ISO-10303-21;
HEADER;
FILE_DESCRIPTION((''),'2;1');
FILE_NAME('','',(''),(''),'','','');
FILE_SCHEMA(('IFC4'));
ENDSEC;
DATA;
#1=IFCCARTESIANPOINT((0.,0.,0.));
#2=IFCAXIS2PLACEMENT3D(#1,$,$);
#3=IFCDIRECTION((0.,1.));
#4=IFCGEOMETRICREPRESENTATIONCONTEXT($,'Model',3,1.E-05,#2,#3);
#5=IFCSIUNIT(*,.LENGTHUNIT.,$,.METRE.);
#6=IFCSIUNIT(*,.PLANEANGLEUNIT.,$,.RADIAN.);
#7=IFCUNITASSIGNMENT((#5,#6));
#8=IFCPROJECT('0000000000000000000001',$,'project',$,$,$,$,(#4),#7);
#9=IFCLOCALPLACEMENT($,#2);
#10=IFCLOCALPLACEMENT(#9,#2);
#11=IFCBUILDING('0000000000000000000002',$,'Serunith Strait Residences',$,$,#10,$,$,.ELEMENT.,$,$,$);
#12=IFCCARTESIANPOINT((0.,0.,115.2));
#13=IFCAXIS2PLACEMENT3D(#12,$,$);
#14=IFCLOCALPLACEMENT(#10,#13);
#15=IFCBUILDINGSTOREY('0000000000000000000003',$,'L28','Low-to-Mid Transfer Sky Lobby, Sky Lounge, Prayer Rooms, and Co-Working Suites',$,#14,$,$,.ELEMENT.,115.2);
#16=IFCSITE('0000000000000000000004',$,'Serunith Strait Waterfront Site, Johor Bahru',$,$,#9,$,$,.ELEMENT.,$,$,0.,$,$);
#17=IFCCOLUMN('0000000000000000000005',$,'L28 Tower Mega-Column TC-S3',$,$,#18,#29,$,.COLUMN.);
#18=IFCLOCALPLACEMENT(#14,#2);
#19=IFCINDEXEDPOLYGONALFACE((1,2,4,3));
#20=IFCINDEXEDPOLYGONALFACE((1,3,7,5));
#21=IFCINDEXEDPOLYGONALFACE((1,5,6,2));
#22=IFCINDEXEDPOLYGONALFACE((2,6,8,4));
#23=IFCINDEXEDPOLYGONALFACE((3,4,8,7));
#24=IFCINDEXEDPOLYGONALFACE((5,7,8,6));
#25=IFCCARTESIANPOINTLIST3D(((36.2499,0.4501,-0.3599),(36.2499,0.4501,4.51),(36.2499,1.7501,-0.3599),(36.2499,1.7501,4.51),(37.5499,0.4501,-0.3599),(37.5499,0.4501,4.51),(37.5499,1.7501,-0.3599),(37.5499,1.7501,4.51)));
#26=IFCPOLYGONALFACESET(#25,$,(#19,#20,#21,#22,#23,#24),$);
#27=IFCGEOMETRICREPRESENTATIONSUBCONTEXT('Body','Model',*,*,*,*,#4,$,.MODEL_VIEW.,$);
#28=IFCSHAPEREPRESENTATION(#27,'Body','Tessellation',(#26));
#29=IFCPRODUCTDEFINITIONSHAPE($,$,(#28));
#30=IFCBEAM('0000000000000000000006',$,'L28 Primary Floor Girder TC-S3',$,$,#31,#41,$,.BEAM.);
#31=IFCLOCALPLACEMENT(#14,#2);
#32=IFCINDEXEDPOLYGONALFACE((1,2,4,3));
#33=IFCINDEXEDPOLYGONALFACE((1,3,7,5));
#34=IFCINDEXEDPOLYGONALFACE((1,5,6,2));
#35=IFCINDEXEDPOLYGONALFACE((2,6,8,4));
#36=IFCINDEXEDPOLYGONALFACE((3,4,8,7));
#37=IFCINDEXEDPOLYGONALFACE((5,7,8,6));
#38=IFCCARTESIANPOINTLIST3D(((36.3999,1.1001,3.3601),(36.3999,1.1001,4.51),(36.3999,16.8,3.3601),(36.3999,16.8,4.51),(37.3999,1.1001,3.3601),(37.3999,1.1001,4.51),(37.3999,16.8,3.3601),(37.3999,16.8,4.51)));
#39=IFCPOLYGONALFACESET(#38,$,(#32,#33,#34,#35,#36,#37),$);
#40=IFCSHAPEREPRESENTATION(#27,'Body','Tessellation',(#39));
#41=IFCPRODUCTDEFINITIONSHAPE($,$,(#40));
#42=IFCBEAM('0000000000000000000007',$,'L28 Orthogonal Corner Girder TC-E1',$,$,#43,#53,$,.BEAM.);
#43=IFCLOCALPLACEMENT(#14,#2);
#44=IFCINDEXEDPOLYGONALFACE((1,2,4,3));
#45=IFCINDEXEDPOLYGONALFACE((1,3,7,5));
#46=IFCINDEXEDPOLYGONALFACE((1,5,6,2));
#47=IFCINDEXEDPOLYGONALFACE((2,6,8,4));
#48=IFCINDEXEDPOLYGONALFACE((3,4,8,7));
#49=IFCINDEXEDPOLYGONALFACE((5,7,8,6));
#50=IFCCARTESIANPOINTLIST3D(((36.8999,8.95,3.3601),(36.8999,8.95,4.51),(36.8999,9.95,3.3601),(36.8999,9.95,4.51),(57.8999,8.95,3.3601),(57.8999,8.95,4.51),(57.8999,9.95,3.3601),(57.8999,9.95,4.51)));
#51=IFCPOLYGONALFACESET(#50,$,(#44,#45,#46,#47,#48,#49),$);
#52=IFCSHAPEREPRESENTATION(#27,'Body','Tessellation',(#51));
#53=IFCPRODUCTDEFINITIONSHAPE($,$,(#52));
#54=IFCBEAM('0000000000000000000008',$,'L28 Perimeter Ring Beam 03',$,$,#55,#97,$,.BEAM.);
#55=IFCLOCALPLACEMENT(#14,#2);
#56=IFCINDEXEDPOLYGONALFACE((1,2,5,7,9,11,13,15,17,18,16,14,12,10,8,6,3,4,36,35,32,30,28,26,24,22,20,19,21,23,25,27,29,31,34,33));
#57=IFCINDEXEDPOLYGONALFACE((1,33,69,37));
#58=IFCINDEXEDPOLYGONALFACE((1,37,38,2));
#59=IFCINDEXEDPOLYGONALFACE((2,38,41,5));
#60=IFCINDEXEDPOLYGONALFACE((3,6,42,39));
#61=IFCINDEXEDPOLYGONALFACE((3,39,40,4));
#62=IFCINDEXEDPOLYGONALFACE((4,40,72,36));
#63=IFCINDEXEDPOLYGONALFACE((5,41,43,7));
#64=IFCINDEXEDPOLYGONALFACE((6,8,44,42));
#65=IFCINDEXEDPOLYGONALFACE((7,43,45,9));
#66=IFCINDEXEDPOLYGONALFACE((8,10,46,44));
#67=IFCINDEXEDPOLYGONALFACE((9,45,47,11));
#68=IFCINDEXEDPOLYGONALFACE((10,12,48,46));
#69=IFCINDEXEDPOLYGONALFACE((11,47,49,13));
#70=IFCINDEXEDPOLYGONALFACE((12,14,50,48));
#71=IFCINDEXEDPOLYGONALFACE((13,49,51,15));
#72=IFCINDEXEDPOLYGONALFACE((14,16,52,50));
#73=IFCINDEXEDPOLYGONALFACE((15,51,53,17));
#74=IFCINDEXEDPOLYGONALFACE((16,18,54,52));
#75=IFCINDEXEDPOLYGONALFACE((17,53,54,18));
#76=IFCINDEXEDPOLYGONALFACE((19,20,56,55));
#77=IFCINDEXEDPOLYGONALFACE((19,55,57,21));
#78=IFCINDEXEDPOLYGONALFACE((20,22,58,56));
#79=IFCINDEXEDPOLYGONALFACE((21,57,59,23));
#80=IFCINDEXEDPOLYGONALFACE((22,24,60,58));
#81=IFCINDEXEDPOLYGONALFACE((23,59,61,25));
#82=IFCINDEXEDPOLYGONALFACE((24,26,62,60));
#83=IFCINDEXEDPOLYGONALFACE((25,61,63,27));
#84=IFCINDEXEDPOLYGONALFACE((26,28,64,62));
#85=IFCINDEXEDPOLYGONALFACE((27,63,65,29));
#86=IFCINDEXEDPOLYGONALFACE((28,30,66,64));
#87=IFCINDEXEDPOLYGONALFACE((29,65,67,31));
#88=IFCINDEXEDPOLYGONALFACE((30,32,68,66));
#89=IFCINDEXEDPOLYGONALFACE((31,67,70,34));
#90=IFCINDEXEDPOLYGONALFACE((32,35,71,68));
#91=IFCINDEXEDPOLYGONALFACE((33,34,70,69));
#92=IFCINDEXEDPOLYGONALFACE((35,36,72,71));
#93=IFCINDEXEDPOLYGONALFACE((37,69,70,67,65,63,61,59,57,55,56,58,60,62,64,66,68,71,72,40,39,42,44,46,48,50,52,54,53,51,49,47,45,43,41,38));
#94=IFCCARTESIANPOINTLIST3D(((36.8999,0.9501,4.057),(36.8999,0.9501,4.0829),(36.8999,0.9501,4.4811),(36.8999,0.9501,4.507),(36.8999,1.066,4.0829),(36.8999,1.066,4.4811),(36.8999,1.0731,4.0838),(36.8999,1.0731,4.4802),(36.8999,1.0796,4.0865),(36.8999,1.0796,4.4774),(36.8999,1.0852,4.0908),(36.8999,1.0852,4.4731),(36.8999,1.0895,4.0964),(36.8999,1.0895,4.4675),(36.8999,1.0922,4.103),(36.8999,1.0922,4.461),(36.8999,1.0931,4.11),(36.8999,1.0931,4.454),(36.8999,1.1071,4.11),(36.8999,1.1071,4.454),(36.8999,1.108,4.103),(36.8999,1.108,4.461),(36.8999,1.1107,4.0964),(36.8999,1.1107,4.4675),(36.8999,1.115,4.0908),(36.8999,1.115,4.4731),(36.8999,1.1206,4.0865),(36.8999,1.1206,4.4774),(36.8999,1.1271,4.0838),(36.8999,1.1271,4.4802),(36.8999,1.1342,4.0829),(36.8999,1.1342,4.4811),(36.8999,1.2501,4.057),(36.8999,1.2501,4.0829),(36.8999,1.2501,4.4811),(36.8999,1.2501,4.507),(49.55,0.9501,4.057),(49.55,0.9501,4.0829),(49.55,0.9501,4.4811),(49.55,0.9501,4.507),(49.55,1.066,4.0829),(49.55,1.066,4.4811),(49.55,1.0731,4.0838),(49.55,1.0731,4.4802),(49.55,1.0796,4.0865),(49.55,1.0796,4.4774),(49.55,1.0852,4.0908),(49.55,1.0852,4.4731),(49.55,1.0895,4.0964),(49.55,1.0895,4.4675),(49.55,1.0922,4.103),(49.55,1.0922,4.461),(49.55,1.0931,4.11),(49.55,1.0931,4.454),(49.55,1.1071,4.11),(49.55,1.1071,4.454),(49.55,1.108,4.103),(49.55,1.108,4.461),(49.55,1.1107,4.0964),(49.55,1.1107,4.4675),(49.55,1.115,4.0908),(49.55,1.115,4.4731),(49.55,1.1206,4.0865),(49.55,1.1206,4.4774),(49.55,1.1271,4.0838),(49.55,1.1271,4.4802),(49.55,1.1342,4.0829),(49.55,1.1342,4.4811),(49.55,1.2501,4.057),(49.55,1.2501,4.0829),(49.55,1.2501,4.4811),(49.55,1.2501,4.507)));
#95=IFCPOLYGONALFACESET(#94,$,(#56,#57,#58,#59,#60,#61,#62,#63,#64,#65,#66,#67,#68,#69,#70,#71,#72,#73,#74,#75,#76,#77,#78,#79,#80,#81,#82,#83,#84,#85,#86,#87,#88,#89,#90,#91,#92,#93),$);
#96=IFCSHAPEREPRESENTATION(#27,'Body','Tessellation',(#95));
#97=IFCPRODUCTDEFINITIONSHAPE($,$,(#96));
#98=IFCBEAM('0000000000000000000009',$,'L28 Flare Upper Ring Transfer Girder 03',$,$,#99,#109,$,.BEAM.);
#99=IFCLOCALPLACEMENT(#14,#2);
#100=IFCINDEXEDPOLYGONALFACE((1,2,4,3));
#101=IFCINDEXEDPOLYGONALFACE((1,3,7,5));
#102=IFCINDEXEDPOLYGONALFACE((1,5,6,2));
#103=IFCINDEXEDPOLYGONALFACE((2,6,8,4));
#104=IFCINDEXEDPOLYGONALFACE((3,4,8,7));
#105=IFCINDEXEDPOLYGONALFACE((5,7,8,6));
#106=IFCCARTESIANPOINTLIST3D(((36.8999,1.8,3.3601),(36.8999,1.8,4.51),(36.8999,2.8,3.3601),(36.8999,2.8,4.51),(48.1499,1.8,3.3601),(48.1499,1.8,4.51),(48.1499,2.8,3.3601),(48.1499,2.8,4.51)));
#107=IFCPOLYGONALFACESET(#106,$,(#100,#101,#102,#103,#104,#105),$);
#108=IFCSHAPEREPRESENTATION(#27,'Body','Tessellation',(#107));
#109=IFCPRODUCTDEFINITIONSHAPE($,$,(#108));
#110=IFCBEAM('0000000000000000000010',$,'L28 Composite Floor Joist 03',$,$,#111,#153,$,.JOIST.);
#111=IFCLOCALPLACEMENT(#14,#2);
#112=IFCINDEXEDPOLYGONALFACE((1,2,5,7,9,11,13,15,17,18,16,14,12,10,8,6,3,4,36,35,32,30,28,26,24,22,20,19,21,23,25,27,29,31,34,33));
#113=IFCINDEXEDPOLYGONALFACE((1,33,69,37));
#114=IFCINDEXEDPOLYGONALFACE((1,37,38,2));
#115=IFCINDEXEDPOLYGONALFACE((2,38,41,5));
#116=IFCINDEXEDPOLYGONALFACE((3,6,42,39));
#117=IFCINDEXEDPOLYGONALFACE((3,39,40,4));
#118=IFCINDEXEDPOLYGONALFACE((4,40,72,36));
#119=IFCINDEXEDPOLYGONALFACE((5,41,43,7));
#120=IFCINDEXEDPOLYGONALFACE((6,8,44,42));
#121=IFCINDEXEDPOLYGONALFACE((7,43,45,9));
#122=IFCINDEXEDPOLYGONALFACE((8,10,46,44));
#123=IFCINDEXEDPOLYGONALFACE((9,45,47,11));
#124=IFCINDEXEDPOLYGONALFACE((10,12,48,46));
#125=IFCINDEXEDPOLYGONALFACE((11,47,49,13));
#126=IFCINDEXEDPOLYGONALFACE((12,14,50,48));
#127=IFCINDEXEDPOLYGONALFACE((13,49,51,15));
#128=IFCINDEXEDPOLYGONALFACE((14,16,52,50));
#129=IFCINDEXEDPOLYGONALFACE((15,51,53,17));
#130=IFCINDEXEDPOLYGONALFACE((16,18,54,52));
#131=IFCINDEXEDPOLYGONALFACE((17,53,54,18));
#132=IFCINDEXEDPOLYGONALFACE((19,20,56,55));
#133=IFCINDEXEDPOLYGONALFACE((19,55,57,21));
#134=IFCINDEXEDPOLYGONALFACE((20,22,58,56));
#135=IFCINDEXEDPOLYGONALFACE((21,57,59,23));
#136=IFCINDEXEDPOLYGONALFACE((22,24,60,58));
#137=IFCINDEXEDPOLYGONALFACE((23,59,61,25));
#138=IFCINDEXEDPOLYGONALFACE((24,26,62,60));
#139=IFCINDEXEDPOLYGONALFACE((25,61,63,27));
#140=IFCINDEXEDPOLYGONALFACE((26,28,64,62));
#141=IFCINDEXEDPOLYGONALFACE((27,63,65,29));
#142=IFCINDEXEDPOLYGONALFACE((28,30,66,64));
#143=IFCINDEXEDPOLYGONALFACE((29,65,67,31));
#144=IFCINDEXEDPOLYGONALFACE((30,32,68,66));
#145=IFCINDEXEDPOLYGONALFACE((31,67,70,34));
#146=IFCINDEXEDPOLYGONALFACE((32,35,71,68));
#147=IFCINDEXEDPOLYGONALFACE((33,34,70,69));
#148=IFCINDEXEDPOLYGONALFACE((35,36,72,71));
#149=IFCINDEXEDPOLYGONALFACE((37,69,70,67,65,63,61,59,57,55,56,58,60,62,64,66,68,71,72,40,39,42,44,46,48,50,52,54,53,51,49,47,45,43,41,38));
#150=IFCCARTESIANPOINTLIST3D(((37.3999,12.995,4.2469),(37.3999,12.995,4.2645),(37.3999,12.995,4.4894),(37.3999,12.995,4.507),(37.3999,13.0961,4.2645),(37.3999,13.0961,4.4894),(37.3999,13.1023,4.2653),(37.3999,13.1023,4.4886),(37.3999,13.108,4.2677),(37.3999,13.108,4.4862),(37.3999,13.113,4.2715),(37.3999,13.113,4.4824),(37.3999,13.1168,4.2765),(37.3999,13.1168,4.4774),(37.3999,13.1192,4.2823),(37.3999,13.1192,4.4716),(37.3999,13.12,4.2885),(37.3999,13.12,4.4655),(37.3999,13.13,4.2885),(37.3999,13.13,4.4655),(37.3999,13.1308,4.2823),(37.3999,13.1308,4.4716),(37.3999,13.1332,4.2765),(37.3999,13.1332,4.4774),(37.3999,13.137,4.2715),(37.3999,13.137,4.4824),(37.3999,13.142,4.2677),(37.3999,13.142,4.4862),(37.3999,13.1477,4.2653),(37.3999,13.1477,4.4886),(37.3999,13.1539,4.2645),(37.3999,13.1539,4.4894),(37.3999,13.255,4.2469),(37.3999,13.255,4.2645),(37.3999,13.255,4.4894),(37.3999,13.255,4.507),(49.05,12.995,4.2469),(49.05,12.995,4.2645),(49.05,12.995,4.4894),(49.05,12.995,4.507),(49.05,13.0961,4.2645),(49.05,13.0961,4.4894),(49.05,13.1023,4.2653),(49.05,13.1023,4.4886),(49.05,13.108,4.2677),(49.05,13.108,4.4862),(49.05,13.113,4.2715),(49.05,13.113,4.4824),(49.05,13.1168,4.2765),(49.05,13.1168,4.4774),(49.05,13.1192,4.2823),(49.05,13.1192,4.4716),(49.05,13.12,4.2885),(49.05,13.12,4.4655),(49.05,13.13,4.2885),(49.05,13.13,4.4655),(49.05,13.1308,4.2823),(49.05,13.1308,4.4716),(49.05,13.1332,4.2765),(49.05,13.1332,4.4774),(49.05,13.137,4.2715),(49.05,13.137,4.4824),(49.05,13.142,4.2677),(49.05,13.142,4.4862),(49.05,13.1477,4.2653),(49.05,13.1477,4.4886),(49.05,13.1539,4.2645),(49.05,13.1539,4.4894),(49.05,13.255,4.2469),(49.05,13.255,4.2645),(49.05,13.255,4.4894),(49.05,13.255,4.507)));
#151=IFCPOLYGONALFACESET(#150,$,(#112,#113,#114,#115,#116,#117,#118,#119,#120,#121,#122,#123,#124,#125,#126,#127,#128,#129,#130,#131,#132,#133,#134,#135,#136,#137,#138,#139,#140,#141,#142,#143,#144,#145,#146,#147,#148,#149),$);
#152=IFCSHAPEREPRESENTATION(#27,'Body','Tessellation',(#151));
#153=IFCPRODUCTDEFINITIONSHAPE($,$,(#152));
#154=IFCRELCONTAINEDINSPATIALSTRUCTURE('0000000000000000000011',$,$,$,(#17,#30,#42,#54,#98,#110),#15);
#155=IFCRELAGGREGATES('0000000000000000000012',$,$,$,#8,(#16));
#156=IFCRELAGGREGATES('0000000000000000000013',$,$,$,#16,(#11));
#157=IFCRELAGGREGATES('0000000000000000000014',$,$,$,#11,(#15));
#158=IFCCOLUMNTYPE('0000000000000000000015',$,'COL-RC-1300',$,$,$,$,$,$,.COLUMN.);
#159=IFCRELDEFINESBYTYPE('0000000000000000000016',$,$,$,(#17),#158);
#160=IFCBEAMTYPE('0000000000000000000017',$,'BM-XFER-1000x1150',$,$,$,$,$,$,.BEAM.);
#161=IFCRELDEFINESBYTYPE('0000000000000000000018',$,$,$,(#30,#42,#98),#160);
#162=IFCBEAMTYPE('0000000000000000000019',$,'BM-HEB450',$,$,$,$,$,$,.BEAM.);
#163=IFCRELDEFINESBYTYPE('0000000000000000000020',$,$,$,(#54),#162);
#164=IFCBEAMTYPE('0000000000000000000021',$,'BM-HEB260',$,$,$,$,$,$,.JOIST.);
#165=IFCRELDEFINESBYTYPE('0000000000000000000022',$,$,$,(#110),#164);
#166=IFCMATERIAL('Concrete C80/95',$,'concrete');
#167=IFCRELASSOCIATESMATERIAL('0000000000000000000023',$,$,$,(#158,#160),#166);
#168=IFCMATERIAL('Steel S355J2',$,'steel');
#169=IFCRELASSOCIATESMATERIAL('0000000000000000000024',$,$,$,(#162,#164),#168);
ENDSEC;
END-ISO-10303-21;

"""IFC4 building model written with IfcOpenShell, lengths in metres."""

from ifc_helpers import new_model, si_unit, direction, frame, origin, origin_2d, place, context, subcontext, project, spatial, rectangle, i_section, extrude, source, transform, mapped, material, material_profile, profile_set, type_object, element, save


model = new_model("IFC4")

# Units and contexts
model_context = context("Model", 3, precision=1e-05, world=origin(), true_north=direction((0.0, 1.0)))
body_context = subcontext(model_context, "Body", "Model", "MODEL_VIEW")
ifc_project = project(units=[si_unit("LENGTHUNIT", "METRE"), si_unit("PLANEANGLEUNIT", "RADIAN")], contexts=[model_context])

# Site, building, storey
site_placement = place(None, origin())
site = spatial("IfcSite", under=ifc_project, at=site_placement, Name="Serunith Strait Waterfront Site, Johor Bahru", CompositionType="ELEMENT", RefElevation=0.0)
building_placement = place(site_placement, origin())
building = spatial("IfcBuilding", under=site, at=building_placement, Name="Serunith Strait Residences", CompositionType="ELEMENT")
storey_placement = place(building_placement, frame((0.0, 0.0, 115.2)))
storey = spatial("IfcBuildingStorey", under=building, at=storey_placement, Name="L28", Description="Low-to-Mid Transfer Sky Lobby, Sky Lounge, Prayer Rooms, and Co-Working Suites", CompositionType="ELEMENT", Elevation=115.2)

# Column
ifc_material_1 = material(Name="Concrete C80/95", Category="concrete")
ifc_material_profile_1 = material_profile(ifc_material_1, rectangle(XDim=1.3, YDim=1.3, at=origin_2d()), Name="RC 1300x1300")
ifc_profile_set_1 = profile_set([ifc_material_profile_1], Name="Concrete C80/95")
column_type = type_object("IfcColumnType", Name="COL-RC-1300", PredefinedType="COLUMN", material=ifc_profile_set_1)
shared_shape_1 = source(origin(), body_context, "Body", "SweptSolid", [
    extrude(rectangle(XDim=1.3, YDim=1.3, at=origin_2d()), origin(), (0.0, 0.0, 1.0), 4.8699),
])
column_placement = place(storey_placement, frame((36.8999, 1.1001, -0.3599), z_axis=(0.0, 0.0, 1.0), x_axis=(1.0, 0.0, 0.0)))
element("IfcColumn", 1, at=column_placement, inside=storey, type_object=column_type, Name="L28 Tower Mega-Column TC-S3", PredefinedType="COLUMN", context=body_context, shape_type="MappedRepresentation", body=[
    mapped(shared_shape_1, transform((0.0, 0.0, 0.0), scale=1.0)),
])

# Beams
ifc_material_profile_2 = material_profile(ifc_material_1, rectangle(XDim=1.0, YDim=1.1499, at=origin_2d()), Name="RC 1000x1150")
ifc_profile_set_2 = profile_set([ifc_material_profile_2], Name="Concrete C80/95")
beam_type_1 = type_object("IfcBeamType", Name="BM-XFER-1000x1150", PredefinedType="BEAM", material=ifc_profile_set_2)
shared_shape_2 = source(origin(), body_context, "Body", "SweptSolid", [
    extrude(rectangle(XDim=1.0, YDim=1.1499, at=origin_2d()), origin(), (0.0, 0.0, 1.0), 15.7),
])
beam_1_placement = place(storey_placement, frame((36.8999, 16.8, 3.9351), z_axis=(0.0, -1.0, 0.0), x_axis=(1.0, 0.0, 0.0)))
element("IfcBeam", 2, at=beam_1_placement, inside=storey, type_object=beam_type_1, Name="L28 Primary Floor Girder TC-S3", PredefinedType="BEAM", context=body_context, shape_type="MappedRepresentation", body=[
    mapped(shared_shape_2, transform((0.0, 0.0, 0.0), scale=1.0)),
])
shared_shape_3 = source(origin(), body_context, "Body", "SweptSolid", [
    extrude(rectangle(XDim=1.0, YDim=1.1499, at=origin_2d()), origin(), (0.0, 0.0, 1.0), 21.0),
])
beam_2_placement = place(storey_placement, frame((36.8999, 9.45, 3.9351), z_axis=(1.0, 0.0, 0.0), x_axis=(0.0, 1.0, 0.0)))
element("IfcBeam", 3, at=beam_2_placement, inside=storey, type_object=beam_type_1, Name="L28 Orthogonal Corner Girder TC-E1", PredefinedType="BEAM", context=body_context, shape_type="MappedRepresentation", body=[
    mapped(shared_shape_3, transform((0.0, 0.0, 0.0), scale=1.0)),
])
ifc_material_2 = material(Name="Steel S355J2", Category="steel")
ifc_material_profile_3 = material_profile(ifc_material_2, i_section(OverallWidth=0.3, OverallDepth=0.45, WebThickness=0.0139, FlangeThickness=0.0259, FilletRadius=0.0271, at=origin_2d()), Name="HEB 450")
ifc_profile_set_3 = profile_set([ifc_material_profile_3], Name="Steel S355J2")
beam_type_2 = type_object("IfcBeamType", Name="BM-HEB450", PredefinedType="BEAM", material=ifc_profile_set_3)
shared_shape_4 = source(origin(), body_context, "Body", "SweptSolid", [
    extrude(i_section(OverallWidth=0.3, OverallDepth=0.45, WebThickness=0.0139, FlangeThickness=0.0259, FilletRadius=0.0271, at=origin_2d()), origin(), (0.0, 0.0, 1.0), 12.6501),
])
beam_3_placement = place(storey_placement, frame((36.8999, 1.1001, 4.282), z_axis=(1.0, 0.0, 0.0), x_axis=(0.0, 1.0, 0.0)))
element("IfcBeam", 4, at=beam_3_placement, inside=storey, type_object=beam_type_2, Name="L28 Perimeter Ring Beam 03", PredefinedType="BEAM", context=body_context, shape_type="MappedRepresentation", body=[
    mapped(shared_shape_4, transform((0.0, 0.0, 0.0), scale=1.0)),
])
shared_shape_5 = source(origin(), body_context, "Body", "SweptSolid", [
    extrude(rectangle(XDim=1.0, YDim=1.1499, at=origin_2d()), origin(), (0.0, 0.0, 1.0), 11.25),
])
beam_4_placement = place(storey_placement, frame((36.8999, 2.3, 3.9351), z_axis=(1.0, 0.0, 0.0), x_axis=(0.0, 1.0, 0.0)))
element("IfcBeam", 5, at=beam_4_placement, inside=storey, type_object=beam_type_1, Name="L28 Flare Upper Ring Transfer Girder 03", PredefinedType="BEAM", context=body_context, shape_type="MappedRepresentation", body=[
    mapped(shared_shape_5, transform((0.0, 0.0, 0.0), scale=1.0)),
])
ifc_material_profile_4 = material_profile(ifc_material_2, i_section(OverallWidth=0.26, OverallDepth=0.26, WebThickness=0.01, FlangeThickness=0.0176, FilletRadius=0.0239, at=origin_2d()), Name="HEB 260")
ifc_profile_set_4 = profile_set([ifc_material_profile_4], Name="Steel S355J2")
beam_type_3 = type_object("IfcBeamType", Name="BM-HEB260", PredefinedType="JOIST", material=ifc_profile_set_4)
shared_shape_6 = source(origin(), body_context, "Body", "SweptSolid", [
    extrude(i_section(OverallWidth=0.26, OverallDepth=0.26, WebThickness=0.01, FlangeThickness=0.0176, FilletRadius=0.0239, at=origin_2d()), origin(), (0.0, 0.0, 1.0), 11.6501),
])
beam_5_placement = place(storey_placement, frame((37.3999, 13.125, 4.377), z_axis=(1.0, 0.0, 0.0), x_axis=(0.0, 1.0, 0.0)))
element("IfcBeam", 6, at=beam_5_placement, inside=storey, type_object=beam_type_3, Name="L28 Composite Floor Joist 03", PredefinedType="JOIST", context=body_context, shape_type="MappedRepresentation", body=[
    mapped(shared_shape_6, transform((0.0, 0.0, 0.0), scale=1.0)),
])

save(model, "model.ifc")
